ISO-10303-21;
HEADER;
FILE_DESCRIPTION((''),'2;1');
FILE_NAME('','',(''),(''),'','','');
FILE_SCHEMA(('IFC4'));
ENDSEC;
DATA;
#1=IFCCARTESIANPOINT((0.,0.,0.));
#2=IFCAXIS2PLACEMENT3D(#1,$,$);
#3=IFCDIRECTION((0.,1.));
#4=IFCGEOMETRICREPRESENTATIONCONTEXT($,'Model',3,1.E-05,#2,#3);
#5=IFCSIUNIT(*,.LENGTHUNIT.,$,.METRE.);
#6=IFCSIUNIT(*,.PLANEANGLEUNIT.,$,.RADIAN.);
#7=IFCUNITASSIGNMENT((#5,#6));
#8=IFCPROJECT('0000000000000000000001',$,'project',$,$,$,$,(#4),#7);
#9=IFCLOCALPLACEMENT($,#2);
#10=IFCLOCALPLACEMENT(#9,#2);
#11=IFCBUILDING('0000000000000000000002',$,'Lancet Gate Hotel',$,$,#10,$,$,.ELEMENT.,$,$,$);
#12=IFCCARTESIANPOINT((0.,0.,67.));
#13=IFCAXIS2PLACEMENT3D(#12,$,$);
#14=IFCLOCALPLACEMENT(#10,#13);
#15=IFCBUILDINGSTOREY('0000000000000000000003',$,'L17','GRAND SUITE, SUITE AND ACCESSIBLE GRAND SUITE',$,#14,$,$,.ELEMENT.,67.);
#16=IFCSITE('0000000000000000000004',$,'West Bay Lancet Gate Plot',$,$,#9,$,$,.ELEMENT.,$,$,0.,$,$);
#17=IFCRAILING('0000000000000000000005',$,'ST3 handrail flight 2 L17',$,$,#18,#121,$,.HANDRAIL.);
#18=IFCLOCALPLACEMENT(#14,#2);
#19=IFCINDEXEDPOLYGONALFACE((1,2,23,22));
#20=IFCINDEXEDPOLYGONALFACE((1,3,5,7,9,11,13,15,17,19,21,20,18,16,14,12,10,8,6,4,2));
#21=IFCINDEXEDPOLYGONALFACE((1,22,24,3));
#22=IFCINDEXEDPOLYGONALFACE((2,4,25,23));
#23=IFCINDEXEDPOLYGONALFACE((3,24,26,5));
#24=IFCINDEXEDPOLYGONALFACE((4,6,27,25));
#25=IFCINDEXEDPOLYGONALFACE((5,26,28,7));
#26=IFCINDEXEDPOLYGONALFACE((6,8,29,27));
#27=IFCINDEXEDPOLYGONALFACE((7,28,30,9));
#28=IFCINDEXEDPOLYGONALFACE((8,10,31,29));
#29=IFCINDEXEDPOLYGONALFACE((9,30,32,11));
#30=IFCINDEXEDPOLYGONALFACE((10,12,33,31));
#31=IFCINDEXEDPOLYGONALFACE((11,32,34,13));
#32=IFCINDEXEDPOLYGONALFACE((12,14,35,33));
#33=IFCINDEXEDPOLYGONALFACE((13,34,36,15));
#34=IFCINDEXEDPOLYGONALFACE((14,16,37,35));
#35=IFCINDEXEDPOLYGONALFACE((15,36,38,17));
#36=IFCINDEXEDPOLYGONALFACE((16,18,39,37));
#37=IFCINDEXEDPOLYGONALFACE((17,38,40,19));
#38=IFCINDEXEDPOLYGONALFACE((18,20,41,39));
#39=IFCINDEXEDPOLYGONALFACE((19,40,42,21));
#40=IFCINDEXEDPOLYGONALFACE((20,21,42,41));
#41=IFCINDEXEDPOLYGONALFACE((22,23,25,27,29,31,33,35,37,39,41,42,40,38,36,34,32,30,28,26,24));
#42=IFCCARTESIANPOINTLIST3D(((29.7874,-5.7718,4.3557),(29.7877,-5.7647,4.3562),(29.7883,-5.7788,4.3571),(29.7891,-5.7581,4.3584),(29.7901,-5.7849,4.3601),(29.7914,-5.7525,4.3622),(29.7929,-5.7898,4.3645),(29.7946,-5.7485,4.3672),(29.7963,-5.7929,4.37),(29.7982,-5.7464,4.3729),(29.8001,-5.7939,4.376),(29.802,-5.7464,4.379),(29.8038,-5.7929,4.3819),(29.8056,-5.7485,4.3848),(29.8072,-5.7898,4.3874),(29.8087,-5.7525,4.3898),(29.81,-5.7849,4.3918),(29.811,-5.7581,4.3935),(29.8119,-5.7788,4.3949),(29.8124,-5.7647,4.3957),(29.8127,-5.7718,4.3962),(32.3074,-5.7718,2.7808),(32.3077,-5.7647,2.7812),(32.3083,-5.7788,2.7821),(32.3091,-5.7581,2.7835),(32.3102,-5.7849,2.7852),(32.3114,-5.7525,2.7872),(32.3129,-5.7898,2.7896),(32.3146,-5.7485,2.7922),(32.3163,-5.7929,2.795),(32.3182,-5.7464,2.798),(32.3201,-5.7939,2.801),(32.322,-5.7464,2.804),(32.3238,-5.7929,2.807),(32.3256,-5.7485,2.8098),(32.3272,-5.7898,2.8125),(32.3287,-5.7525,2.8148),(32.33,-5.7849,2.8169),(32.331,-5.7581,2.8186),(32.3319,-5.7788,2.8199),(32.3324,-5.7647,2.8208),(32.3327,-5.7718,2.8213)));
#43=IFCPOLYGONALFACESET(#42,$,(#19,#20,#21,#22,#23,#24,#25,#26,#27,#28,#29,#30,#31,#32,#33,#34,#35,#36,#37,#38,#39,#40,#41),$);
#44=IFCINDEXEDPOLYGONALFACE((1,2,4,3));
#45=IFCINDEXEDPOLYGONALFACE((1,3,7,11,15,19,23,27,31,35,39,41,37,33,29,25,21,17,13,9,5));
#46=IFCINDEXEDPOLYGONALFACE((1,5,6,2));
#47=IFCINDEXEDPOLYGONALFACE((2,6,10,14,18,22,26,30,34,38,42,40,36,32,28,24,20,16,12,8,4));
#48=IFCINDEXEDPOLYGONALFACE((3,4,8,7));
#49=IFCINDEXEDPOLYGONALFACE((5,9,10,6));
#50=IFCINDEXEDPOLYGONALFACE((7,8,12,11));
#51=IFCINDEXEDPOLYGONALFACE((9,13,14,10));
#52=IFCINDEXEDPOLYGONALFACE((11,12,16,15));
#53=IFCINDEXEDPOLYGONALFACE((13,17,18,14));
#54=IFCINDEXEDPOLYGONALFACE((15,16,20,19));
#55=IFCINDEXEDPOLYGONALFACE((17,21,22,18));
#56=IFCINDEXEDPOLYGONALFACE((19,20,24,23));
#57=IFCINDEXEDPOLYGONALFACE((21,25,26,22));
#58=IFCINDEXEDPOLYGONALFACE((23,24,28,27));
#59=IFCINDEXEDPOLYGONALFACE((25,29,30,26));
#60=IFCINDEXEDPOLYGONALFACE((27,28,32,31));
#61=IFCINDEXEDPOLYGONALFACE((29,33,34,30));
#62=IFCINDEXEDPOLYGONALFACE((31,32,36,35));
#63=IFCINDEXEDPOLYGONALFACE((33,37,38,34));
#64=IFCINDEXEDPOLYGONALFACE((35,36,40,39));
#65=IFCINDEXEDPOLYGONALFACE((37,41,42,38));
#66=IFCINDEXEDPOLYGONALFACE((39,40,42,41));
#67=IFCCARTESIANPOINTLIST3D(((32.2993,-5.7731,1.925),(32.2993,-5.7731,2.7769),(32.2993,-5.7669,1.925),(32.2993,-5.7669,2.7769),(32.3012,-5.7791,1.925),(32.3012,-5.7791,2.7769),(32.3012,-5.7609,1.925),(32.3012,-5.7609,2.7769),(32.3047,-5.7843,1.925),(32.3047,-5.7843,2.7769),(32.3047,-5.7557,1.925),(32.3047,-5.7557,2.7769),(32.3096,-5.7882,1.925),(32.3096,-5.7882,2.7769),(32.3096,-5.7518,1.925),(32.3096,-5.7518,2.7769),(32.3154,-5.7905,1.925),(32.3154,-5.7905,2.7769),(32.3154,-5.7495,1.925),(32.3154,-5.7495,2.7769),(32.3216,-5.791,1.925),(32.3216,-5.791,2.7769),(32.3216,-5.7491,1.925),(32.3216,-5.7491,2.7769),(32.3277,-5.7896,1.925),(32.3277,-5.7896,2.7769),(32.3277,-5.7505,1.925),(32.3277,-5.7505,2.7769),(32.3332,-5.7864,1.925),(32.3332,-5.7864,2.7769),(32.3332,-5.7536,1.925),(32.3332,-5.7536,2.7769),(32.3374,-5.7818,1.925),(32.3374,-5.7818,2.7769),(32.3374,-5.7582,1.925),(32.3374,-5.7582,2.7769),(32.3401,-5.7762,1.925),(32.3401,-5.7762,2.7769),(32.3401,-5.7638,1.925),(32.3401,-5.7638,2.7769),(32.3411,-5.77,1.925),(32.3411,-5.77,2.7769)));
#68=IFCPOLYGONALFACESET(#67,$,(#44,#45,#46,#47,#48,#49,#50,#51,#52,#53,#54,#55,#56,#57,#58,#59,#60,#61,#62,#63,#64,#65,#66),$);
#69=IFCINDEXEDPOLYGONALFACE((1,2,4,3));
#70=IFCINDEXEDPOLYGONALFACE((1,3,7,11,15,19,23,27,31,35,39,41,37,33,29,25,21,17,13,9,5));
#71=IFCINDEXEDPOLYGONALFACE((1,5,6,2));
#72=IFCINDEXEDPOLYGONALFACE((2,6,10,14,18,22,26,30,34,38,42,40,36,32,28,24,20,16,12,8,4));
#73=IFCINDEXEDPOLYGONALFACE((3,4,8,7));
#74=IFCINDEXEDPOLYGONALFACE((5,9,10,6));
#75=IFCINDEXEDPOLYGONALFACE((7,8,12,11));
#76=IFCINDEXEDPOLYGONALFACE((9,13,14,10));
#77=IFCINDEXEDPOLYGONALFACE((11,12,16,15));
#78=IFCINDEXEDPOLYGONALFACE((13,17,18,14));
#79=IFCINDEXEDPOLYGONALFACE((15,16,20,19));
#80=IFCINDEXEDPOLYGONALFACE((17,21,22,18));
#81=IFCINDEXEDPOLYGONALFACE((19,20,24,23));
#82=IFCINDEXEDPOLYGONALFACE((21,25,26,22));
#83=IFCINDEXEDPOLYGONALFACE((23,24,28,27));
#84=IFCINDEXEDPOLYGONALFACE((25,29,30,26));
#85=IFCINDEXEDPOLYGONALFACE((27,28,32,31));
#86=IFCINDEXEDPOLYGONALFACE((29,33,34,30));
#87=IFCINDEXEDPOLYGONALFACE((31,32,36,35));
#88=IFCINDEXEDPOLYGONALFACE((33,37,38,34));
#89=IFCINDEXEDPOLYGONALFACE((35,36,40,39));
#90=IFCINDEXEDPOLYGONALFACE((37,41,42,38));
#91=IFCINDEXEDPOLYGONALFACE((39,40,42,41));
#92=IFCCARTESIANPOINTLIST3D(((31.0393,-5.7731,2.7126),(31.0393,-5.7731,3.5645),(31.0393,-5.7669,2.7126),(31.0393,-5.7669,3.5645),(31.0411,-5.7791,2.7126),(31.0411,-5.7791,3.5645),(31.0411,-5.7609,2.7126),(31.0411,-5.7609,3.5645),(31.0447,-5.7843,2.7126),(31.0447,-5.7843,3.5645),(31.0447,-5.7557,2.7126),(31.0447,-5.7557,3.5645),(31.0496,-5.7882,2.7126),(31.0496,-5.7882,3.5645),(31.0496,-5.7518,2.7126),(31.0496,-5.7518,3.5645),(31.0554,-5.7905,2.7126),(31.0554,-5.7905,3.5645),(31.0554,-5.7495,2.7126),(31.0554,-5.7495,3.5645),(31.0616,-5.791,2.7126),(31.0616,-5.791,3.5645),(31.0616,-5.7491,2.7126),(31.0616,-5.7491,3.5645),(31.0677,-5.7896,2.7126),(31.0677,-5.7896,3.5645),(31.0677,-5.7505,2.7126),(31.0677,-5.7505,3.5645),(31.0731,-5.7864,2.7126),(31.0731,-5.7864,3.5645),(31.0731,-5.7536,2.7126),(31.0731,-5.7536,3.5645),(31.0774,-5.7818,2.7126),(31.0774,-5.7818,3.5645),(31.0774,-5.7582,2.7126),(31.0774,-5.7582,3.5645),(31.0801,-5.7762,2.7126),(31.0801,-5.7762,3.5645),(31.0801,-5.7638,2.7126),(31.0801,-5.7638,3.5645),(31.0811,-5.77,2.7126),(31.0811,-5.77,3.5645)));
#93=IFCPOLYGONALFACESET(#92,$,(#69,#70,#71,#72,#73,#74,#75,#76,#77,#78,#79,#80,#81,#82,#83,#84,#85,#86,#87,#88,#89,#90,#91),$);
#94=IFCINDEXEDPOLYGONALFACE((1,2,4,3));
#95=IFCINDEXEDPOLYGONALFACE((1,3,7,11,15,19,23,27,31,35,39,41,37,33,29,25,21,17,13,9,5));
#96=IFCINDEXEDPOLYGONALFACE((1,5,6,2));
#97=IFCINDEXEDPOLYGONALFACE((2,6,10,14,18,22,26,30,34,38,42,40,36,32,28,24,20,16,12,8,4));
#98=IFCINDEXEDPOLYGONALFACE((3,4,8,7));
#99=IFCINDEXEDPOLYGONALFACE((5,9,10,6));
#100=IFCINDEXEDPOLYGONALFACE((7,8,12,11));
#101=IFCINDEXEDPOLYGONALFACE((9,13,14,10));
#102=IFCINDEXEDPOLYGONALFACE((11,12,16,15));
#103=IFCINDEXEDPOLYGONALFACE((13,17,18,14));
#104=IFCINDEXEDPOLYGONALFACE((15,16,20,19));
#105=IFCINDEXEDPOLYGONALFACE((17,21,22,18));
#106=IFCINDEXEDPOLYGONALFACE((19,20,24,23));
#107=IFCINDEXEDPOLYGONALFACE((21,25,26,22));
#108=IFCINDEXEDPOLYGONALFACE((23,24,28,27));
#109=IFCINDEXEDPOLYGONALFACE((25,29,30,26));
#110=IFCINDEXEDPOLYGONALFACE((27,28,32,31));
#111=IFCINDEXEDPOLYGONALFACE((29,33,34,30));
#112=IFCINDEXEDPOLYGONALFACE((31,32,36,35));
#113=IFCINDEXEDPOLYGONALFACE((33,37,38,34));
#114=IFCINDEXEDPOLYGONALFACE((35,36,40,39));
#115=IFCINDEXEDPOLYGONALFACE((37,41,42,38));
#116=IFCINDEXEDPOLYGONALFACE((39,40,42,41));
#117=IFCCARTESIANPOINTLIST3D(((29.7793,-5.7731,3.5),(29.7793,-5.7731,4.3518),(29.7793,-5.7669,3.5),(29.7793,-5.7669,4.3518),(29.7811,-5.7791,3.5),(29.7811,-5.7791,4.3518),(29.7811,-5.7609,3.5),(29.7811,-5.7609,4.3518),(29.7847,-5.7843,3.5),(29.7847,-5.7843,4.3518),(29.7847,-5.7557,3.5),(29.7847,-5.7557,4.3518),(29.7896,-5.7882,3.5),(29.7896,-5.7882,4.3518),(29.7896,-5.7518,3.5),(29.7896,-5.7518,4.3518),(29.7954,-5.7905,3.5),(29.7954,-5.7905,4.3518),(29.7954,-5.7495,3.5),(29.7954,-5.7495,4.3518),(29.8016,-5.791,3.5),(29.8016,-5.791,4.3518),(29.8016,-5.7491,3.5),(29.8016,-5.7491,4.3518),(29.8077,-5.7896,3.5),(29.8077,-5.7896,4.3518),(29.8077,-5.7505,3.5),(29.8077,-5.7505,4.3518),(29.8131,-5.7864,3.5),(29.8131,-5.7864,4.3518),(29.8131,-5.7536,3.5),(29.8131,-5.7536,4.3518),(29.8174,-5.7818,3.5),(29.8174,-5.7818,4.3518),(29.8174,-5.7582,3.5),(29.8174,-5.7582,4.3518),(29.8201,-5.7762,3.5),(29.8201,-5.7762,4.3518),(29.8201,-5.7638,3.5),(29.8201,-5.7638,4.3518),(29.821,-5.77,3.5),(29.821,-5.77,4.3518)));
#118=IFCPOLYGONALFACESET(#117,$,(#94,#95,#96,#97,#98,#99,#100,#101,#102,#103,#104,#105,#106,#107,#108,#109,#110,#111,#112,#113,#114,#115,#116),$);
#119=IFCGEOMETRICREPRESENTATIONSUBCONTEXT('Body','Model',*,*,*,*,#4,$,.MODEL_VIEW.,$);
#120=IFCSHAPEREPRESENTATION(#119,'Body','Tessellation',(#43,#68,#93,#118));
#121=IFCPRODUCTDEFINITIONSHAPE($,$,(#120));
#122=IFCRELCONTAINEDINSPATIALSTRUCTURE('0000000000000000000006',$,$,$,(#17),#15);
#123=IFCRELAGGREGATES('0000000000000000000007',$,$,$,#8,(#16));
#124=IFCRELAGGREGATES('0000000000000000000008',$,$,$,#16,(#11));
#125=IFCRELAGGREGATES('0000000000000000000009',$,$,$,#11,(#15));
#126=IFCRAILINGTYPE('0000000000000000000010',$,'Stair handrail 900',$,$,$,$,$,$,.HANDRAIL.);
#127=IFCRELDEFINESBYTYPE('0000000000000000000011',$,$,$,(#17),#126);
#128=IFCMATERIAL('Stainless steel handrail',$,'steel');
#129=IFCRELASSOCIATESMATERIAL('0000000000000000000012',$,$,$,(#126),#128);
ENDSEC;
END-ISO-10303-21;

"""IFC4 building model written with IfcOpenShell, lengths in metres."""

from ifc_helpers import new_model, si_unit, direction, frame, origin, origin_2d, place, context, subcontext, project, spatial, circle, extrude, material, type_object, element, save


model = new_model("IFC4")

# Units and contexts
model_context = context("Model", 3, precision=1e-05, world=origin(), true_north=direction((0.0, 1.0)))
body_context = subcontext(model_context, "Body", "Model", "MODEL_VIEW")
ifc_project = project(units=[si_unit("LENGTHUNIT", "METRE"), si_unit("PLANEANGLEUNIT", "RADIAN")], contexts=[model_context])

# Site, building, storey
site_placement = place(None, origin())
site = spatial("IfcSite", under=ifc_project, at=site_placement, Name="West Bay Lancet Gate Plot", CompositionType="ELEMENT", RefElevation=0.0)
building_placement = place(site_placement, origin())
building = spatial("IfcBuilding", under=site, at=building_placement, Name="Lancet Gate Hotel", CompositionType="ELEMENT")
storey_placement = place(building_placement, frame((0.0, 0.0, 67.0)))
storey = spatial("IfcBuildingStorey", under=building, at=storey_placement, Name="L17", Description="GRAND SUITE, SUITE AND ACCESSIBLE GRAND SUITE", CompositionType="ELEMENT", Elevation=67.0)

# Railing
ifc_material_1 = material(Name="Stainless steel handrail", Category="steel")
railing_type = type_object("IfcRailingType", Name="Stair handrail 900", PredefinedType="HANDRAIL", material=ifc_material_1)
railing_1_placement = place(storey_placement, frame((32.3201, -5.77, 1.925)))
element("IfcRailing", 1, at=railing_1_placement, inside=storey, type_object=railing_type, Name="ST3 handrail flight 2 L17", PredefinedType="HANDRAIL", context=body_context, shape_type="SweptSolid", body=[
    extrude(circle(Radius=0.0239, at=origin_2d()), frame((0.0, 0.0, 0.876), z_axis=(-0.848008, 0.0, 0.529984), x_axis=(0.0, -1.0, 0.0)), (0.0, 0.0, 1.0), 2.9717),
    extrude(circle(Radius=0.021, at=origin_2d()), origin(), (0.0, 0.0, 1.0), 0.8518),
    extrude(circle(Radius=0.021, at=origin_2d()), frame((-1.26, 0.0, 0.7876)), (0.0, 0.0, 1.0), 0.8518),
    extrude(circle(Radius=0.021, at=origin_2d()), frame((-2.52, 0.0, 1.575)), (0.0, 0.0, 1.0), 0.8518),
])

save(model, "model.ifc")
